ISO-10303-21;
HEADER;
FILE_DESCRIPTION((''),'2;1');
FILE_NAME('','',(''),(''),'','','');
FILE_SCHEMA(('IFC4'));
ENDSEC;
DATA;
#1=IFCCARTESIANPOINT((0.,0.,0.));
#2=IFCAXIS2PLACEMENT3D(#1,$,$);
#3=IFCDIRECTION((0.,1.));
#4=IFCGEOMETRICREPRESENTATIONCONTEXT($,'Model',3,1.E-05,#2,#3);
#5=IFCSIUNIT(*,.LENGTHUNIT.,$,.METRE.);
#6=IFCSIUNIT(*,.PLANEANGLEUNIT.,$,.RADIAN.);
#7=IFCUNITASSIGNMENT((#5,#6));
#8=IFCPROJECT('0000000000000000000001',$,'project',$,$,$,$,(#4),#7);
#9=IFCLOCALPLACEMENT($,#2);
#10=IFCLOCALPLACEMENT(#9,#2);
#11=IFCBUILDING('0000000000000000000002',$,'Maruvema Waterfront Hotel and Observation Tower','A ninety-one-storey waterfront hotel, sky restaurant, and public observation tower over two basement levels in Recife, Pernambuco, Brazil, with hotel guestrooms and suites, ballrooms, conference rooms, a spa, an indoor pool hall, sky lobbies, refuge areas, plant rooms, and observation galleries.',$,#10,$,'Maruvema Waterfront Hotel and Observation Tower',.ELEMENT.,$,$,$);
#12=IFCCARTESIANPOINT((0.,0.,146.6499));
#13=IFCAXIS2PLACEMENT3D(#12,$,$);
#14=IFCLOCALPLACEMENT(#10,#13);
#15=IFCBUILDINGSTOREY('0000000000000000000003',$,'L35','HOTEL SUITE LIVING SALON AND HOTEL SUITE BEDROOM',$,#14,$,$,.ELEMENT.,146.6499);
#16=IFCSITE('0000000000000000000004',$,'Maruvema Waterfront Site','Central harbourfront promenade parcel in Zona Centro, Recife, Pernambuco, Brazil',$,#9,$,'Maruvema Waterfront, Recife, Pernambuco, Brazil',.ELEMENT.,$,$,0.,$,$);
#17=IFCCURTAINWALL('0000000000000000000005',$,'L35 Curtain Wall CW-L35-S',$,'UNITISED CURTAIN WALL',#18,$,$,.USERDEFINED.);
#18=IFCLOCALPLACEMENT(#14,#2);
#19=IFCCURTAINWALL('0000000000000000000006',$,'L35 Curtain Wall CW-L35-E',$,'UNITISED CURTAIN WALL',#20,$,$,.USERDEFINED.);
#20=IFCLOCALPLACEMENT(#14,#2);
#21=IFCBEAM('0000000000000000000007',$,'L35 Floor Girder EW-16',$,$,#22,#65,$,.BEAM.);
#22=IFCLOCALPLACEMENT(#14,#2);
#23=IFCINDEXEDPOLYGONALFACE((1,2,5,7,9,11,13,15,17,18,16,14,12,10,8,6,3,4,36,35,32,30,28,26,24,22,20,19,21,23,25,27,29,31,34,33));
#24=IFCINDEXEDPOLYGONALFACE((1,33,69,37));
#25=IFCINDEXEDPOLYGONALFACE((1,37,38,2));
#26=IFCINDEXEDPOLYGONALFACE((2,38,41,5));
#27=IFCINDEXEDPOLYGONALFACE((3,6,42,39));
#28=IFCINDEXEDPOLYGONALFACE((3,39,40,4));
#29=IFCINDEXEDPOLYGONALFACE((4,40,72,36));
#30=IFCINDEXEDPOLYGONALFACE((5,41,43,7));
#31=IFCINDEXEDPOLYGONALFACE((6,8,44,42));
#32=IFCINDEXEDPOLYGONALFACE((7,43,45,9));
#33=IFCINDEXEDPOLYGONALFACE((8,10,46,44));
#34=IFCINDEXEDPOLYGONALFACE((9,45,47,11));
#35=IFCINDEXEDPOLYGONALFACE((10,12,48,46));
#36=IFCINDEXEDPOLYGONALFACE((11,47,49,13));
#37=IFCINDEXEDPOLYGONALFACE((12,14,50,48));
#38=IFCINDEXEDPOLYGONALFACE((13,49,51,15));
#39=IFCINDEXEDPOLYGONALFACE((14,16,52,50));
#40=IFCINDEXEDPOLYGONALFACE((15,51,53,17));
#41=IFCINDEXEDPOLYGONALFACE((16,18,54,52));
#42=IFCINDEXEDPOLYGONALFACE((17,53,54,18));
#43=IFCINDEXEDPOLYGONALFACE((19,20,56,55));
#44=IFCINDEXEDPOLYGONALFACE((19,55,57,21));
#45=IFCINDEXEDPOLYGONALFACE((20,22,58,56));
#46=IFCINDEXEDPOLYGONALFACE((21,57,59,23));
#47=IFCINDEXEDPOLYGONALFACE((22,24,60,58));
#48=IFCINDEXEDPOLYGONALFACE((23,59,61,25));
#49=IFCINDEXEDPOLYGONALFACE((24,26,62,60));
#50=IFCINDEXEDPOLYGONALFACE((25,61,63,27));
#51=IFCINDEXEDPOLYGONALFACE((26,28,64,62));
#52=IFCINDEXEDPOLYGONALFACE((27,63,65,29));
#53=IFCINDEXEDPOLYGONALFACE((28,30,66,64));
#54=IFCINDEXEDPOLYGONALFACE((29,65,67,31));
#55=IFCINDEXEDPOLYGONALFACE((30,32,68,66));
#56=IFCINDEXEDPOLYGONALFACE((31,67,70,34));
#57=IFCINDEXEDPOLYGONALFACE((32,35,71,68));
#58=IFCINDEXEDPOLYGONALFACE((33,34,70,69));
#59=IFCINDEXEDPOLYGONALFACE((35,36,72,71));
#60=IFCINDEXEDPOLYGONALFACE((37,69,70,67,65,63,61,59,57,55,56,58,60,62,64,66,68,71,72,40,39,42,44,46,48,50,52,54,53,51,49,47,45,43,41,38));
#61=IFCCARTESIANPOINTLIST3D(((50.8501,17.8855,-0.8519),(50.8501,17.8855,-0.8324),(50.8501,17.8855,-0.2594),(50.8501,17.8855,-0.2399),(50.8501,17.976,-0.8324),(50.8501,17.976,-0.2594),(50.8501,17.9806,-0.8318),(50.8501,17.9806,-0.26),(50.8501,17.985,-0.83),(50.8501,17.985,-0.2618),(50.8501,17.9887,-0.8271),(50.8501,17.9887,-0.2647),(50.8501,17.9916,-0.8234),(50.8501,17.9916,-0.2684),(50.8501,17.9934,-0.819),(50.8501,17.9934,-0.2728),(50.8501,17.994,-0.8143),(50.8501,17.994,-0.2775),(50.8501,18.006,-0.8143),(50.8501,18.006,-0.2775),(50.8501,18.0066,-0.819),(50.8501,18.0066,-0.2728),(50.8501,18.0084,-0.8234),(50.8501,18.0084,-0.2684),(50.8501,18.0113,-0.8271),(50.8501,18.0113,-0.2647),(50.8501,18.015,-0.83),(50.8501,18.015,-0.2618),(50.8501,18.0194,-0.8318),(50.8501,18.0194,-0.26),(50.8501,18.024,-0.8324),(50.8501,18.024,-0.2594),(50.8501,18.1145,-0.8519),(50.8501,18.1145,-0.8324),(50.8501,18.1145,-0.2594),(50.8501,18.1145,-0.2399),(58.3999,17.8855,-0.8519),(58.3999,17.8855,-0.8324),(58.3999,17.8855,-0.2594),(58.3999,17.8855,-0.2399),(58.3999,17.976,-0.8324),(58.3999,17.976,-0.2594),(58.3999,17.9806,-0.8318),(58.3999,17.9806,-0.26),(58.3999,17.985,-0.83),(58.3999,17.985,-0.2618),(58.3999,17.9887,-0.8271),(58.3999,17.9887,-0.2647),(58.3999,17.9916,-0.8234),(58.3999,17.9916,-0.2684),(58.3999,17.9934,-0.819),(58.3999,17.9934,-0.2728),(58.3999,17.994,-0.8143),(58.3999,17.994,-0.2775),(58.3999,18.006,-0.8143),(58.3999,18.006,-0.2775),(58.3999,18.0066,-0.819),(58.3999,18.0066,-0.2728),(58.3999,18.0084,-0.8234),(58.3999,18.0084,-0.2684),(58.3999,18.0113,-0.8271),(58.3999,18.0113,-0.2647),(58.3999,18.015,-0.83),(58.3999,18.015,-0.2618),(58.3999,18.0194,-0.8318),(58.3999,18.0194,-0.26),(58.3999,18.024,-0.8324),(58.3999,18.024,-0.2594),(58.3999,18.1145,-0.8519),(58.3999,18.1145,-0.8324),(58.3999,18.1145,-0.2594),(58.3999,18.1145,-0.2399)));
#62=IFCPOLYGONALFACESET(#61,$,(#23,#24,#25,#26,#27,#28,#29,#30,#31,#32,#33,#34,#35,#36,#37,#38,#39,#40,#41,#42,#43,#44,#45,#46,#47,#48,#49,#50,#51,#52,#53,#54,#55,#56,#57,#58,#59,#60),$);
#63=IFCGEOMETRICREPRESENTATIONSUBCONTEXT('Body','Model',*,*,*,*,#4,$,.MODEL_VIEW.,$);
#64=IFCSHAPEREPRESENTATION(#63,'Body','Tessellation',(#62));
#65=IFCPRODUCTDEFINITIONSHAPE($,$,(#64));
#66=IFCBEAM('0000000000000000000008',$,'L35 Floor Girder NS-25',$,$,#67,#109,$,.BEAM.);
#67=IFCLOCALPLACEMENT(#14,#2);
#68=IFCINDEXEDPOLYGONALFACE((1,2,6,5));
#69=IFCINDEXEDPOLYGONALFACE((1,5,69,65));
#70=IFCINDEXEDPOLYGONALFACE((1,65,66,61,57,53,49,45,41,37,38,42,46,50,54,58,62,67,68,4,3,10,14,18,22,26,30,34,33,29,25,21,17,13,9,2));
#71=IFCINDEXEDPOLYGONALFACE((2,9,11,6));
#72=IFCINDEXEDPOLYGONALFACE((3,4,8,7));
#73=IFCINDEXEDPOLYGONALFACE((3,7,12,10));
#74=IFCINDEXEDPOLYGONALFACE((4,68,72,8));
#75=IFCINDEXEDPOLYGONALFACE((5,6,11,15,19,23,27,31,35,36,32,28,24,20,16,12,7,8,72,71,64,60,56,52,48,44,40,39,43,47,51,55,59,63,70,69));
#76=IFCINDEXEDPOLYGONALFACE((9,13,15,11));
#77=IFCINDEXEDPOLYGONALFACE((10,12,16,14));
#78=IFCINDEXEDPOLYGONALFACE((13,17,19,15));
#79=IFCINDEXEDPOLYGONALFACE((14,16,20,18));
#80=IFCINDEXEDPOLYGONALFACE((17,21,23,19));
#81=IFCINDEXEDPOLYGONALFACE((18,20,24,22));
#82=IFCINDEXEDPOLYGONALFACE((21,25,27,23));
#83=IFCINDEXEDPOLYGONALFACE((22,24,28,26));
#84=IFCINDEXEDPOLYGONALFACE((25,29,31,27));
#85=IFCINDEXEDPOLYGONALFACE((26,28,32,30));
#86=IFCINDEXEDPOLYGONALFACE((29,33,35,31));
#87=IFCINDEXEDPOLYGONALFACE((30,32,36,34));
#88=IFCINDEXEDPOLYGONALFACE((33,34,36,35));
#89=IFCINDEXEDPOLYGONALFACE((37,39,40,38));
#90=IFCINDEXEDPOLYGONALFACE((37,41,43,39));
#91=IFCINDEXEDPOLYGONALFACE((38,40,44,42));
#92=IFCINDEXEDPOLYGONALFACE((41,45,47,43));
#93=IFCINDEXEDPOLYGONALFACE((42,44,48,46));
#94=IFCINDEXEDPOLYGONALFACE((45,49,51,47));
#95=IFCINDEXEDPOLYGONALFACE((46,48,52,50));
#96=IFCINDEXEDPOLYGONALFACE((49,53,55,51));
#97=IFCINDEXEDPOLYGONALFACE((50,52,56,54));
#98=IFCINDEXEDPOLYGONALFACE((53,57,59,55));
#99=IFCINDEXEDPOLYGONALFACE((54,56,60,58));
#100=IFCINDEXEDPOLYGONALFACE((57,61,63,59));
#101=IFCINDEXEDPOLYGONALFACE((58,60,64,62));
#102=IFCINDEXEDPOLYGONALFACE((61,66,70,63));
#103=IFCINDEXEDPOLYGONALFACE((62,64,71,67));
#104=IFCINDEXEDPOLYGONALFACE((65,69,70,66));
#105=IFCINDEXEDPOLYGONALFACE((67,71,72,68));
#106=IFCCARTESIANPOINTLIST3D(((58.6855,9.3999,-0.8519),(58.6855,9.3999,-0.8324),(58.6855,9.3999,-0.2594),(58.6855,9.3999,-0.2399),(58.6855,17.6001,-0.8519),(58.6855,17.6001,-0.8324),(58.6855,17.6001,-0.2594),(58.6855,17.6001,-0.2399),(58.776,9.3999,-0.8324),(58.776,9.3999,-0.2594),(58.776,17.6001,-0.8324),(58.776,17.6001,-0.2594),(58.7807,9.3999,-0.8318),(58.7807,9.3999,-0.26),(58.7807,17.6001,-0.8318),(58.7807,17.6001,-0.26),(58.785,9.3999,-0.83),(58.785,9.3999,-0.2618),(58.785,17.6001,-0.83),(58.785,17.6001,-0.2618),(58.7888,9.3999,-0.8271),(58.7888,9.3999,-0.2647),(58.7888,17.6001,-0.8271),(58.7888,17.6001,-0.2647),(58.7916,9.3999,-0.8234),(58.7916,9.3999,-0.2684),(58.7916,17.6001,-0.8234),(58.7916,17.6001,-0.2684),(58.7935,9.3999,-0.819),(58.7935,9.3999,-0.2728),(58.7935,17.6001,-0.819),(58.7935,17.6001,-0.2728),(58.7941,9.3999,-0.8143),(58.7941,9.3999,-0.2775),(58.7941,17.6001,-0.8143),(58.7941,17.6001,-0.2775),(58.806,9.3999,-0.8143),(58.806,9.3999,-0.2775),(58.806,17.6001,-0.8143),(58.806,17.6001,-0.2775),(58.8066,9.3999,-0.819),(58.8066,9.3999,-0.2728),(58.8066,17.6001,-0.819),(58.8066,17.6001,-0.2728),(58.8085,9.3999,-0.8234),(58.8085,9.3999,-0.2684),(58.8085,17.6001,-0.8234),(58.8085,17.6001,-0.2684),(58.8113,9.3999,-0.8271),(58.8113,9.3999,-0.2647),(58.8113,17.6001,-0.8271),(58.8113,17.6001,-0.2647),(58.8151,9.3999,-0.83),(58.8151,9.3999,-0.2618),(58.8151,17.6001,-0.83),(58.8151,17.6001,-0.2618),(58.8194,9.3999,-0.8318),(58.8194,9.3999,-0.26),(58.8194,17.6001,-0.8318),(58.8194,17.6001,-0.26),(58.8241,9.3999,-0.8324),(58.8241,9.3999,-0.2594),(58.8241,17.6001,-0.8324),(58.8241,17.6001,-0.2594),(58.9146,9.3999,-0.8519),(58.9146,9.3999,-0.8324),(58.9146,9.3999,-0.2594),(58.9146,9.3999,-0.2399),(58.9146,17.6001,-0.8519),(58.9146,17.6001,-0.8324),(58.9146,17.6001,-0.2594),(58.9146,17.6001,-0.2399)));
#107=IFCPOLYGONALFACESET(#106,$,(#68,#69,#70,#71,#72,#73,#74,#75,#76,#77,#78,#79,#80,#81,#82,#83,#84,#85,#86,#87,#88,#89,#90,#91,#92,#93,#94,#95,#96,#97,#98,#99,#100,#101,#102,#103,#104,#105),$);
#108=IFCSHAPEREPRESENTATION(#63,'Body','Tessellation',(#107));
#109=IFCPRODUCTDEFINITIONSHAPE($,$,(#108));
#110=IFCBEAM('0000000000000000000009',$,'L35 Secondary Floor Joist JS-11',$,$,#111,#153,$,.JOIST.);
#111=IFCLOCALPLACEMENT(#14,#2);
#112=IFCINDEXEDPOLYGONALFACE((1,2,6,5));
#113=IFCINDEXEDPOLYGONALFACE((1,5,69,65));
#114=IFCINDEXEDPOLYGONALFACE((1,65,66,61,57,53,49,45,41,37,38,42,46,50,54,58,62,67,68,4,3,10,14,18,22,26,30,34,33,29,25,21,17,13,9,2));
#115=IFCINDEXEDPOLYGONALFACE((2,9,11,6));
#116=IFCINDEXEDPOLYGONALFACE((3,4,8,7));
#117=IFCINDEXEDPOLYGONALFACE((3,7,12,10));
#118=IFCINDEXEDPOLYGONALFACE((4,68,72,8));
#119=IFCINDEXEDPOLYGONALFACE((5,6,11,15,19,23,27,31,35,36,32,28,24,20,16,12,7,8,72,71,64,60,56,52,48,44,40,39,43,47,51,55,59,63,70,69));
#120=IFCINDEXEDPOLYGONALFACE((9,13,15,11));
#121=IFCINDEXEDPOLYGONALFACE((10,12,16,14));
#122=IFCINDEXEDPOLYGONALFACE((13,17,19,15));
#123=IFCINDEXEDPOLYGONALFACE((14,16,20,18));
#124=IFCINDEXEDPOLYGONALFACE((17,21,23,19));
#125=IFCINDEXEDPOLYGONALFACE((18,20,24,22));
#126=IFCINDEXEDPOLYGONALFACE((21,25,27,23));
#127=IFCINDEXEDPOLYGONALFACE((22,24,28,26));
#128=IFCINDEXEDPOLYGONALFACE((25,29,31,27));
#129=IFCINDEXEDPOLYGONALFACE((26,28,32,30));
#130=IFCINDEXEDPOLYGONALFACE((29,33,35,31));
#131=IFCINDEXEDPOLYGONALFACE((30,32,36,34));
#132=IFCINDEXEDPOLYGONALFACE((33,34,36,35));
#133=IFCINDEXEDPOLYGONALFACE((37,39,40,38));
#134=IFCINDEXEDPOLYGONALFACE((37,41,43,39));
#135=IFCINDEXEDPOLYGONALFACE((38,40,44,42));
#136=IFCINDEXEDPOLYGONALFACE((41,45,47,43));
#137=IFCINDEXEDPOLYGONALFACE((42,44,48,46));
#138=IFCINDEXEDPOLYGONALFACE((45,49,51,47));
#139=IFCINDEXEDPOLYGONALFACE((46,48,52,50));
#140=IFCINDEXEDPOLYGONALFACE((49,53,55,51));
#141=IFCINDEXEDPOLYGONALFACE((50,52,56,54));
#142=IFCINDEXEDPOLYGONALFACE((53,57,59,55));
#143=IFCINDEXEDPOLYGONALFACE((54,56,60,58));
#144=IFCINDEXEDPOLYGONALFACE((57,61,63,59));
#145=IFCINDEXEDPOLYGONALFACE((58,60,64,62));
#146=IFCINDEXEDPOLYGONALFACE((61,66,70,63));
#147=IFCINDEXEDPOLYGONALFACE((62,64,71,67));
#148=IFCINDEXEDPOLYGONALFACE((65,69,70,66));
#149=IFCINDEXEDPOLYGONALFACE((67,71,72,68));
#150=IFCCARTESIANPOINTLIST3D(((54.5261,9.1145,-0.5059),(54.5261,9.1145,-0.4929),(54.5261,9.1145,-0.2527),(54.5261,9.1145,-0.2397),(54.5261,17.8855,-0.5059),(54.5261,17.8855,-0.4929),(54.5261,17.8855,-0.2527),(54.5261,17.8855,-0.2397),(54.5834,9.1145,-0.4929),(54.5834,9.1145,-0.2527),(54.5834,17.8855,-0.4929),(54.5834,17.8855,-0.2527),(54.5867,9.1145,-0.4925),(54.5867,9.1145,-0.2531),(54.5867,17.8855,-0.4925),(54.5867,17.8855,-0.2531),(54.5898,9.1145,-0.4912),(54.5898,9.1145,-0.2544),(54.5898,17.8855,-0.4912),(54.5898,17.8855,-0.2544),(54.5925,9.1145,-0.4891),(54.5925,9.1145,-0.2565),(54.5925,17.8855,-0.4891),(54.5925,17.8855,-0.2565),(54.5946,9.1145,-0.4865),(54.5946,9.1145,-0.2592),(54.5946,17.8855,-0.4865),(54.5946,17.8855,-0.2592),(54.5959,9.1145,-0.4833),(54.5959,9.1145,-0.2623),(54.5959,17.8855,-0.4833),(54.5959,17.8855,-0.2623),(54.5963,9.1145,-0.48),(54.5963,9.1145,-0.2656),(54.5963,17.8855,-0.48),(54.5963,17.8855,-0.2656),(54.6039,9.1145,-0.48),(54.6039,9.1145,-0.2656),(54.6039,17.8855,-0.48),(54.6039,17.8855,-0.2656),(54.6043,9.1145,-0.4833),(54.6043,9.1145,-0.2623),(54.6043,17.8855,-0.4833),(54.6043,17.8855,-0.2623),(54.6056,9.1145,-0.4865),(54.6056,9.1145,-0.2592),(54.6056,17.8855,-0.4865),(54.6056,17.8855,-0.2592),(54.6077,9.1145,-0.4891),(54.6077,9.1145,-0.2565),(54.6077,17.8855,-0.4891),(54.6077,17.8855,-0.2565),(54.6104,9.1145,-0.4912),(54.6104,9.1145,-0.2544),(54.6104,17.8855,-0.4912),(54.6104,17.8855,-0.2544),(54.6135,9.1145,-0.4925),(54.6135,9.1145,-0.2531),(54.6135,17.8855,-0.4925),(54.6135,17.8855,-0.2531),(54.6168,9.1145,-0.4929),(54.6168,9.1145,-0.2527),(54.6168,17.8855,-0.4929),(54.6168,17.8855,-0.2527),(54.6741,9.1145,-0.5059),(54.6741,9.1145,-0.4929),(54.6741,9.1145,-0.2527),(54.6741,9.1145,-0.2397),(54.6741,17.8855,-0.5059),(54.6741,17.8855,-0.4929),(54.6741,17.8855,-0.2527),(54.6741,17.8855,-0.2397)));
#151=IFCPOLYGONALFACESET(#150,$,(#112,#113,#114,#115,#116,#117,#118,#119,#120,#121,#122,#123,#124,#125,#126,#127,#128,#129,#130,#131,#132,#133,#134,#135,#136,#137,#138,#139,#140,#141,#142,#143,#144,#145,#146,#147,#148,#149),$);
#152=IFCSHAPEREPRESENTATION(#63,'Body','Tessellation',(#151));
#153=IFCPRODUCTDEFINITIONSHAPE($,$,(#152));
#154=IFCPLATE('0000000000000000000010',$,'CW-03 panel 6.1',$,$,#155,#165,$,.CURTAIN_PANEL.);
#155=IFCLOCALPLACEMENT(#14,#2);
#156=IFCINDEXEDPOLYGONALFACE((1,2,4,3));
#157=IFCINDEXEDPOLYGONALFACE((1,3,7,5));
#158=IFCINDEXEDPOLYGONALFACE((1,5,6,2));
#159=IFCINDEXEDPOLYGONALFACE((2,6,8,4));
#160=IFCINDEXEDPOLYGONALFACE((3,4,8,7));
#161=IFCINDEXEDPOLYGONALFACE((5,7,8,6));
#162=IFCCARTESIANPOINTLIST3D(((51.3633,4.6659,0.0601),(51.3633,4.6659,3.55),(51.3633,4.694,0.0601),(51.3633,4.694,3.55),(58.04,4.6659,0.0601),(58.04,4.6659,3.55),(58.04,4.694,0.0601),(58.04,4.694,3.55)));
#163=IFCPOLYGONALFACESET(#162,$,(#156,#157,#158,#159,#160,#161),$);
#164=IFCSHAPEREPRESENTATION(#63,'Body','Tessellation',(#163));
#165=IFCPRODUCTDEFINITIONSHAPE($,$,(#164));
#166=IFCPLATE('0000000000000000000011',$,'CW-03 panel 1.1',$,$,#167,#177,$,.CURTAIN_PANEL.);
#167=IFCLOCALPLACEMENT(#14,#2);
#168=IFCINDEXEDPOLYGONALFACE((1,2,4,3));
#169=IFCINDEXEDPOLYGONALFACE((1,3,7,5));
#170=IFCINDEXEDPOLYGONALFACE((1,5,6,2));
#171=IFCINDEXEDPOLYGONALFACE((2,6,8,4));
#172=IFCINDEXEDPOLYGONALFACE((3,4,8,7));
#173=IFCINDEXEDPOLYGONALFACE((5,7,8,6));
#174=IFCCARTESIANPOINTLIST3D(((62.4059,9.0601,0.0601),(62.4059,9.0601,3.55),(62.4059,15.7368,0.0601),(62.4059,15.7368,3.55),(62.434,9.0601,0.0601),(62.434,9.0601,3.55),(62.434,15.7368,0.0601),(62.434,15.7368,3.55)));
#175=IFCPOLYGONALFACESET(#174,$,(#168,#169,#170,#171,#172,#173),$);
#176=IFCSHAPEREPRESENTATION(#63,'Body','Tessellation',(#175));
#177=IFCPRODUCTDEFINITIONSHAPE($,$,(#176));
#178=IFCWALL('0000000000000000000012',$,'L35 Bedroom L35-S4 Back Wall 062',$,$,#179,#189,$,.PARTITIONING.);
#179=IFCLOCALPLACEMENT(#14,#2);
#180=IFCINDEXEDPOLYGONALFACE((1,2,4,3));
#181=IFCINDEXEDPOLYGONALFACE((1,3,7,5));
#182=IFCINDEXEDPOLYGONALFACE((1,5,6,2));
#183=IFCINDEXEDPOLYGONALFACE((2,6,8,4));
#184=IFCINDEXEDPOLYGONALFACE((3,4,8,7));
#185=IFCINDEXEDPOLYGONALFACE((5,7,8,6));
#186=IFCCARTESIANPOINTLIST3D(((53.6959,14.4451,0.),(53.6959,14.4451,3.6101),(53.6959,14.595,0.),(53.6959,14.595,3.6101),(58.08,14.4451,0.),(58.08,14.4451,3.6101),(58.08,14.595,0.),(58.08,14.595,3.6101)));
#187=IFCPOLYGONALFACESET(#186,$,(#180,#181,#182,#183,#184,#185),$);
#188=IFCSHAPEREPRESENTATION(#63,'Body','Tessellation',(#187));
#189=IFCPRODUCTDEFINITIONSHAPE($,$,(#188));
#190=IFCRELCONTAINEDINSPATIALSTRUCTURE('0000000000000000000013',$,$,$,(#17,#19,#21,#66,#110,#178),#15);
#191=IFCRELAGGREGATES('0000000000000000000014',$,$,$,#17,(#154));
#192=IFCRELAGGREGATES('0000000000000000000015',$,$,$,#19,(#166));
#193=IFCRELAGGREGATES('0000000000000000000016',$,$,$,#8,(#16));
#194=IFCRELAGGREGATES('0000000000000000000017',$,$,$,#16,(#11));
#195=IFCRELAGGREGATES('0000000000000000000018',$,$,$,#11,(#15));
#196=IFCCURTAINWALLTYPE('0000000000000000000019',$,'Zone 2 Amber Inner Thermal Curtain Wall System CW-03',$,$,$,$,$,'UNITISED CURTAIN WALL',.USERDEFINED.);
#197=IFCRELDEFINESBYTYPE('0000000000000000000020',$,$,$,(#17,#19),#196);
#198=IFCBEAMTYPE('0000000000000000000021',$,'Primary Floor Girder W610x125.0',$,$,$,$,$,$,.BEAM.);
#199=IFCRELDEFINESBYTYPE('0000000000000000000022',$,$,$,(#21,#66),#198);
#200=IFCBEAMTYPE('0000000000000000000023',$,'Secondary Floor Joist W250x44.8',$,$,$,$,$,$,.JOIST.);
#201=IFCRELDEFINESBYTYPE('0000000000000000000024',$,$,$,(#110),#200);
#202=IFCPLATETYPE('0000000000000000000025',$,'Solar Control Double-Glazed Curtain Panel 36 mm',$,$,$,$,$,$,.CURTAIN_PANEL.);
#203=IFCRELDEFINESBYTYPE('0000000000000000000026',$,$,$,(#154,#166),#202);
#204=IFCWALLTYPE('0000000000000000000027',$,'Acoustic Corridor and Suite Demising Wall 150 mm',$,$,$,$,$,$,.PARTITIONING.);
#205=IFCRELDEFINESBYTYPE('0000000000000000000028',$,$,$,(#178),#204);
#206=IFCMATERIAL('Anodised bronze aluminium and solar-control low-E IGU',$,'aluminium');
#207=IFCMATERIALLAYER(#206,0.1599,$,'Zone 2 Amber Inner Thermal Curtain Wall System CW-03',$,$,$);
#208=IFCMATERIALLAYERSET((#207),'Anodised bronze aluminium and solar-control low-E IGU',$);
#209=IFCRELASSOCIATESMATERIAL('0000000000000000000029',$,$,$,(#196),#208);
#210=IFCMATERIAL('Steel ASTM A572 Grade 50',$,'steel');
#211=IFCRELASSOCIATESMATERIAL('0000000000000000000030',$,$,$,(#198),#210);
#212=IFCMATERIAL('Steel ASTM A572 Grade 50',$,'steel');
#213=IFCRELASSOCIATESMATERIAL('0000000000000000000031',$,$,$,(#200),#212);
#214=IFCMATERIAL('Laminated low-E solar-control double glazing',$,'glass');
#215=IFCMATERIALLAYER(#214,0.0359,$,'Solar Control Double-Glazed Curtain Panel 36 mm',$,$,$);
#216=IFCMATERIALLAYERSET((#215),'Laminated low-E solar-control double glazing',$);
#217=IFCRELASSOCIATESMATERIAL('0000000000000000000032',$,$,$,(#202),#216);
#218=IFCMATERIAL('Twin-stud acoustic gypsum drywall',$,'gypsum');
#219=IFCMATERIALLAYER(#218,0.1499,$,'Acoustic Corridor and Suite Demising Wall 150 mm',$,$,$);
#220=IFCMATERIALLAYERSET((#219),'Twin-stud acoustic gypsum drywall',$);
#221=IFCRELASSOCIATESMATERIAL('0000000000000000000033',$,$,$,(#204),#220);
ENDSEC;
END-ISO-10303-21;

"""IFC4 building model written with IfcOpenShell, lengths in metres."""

from ifc_helpers import new_model, si_unit, direction, frame, frame_2d, origin, origin_2d, place, context, subcontext, project, spatial, rectangle, i_section, extrude, material, layer, layer_set, material_profile, profile_set, type_object, element, aggregate, save


model = new_model("IFC4")

# Units and contexts
model_context = context("Model", 3, precision=1e-05, world=origin(), true_north=direction((0.0, 1.0)))
body_context = subcontext(model_context, "Body", "Model", "MODEL_VIEW")
ifc_project = project(units=[si_unit("LENGTHUNIT", "METRE"), si_unit("PLANEANGLEUNIT", "RADIAN")], contexts=[model_context])

# Site, building, storey
site_placement = place(None, origin())
site = spatial("IfcSite", under=ifc_project, at=site_placement, Name="Maruvema Waterfront Site", Description="Central harbourfront promenade parcel in Zona Centro, Recife, Pernambuco, Brazil", LongName="Maruvema Waterfront, Recife, Pernambuco, Brazil", CompositionType="ELEMENT", RefElevation=0.0)
building_placement = place(site_placement, origin())
building = spatial("IfcBuilding", under=site, at=building_placement, Name="Maruvema Waterfront Hotel and Observation Tower", Description="A ninety-one-storey waterfront hotel, sky restaurant, and public observation tower over two basement levels in Recife, Pernambuco, Brazil, with hotel guestrooms and suites, ballrooms, conference rooms, a spa, an indoor pool hall, sky lobbies, refuge areas, plant rooms, and observation galleries.", LongName="Maruvema Waterfront Hotel and Observation Tower", CompositionType="ELEMENT")
storey_placement = place(building_placement, frame((0.0, 0.0, 146.6499)))
storey = spatial("IfcBuildingStorey", under=building, at=storey_placement, Name="L35", Description="HOTEL SUITE LIVING SALON AND HOTEL SUITE BEDROOM", CompositionType="ELEMENT", Elevation=146.6499)

# Curtain walls
ifc_material_1 = material(Name="Anodised bronze aluminium and solar-control low-E IGU", Category="aluminium")
ifc_layer_1 = layer(ifc_material_1, 0.1599, Name="Zone 2 Amber Inner Thermal Curtain Wall System CW-03")
ifc_layer_set_1 = layer_set([ifc_layer_1], Name="Anodised bronze aluminium and solar-control low-E IGU")
curtain_wall_type = type_object("IfcCurtainWallType", Name="Zone 2 Amber Inner Thermal Curtain Wall System CW-03", ElementType="UNITISED CURTAIN WALL", PredefinedType="USERDEFINED", material=ifc_layer_set_1)
curtain_wall_1_placement = place(storey_placement, origin())
curtain_wall_1 = element("IfcCurtainWall", 1, at=curtain_wall_1_placement, inside=storey, type_object=curtain_wall_type, Name="L35 Curtain Wall CW-L35-S", ObjectType="UNITISED CURTAIN WALL", PredefinedType="USERDEFINED")
curtain_wall_2_placement = place(storey_placement, origin())
curtain_wall_2 = element("IfcCurtainWall", 2, at=curtain_wall_2_placement, inside=storey, type_object=curtain_wall_type, Name="L35 Curtain Wall CW-L35-E", ObjectType="UNITISED CURTAIN WALL", PredefinedType="USERDEFINED")

# Beams
ifc_material_2 = material(Name="Steel ASTM A572 Grade 50", Category="steel")
ifc_material_profile_1 = material_profile(ifc_material_2, i_section(OverallWidth=0.229, OverallDepth=0.6121, WebThickness=0.012, FlangeThickness=0.0195, FilletRadius=0.0181, at=origin_2d()), Name="W610x125.0")
ifc_profile_set_1 = profile_set([ifc_material_profile_1], Name="Steel ASTM A572 Grade 50")
beam_type_1 = type_object("IfcBeamType", Name="Primary Floor Girder W610x125.0", PredefinedType="BEAM", material=ifc_profile_set_1)
beam_1_placement = place(storey_placement, frame((50.8501, 18.0, -0.5459), z_axis=(1.0, 0.0, 0.0), x_axis=(0.0, 1.0, 0.0)))
element("IfcBeam", 3, at=beam_1_placement, inside=storey, type_object=beam_type_1, Name="L35 Floor Girder EW-16", PredefinedType="BEAM", context=body_context, shape_type="SweptSolid", body=[
    extrude(i_section(OverallWidth=0.229, OverallDepth=0.6121, WebThickness=0.012, FlangeThickness=0.0195, FilletRadius=0.0181, at=origin_2d()), origin(), (0.0, 0.0, 1.0), 7.5498),
])
beam_2_placement = place(storey_placement, frame((58.8, 9.3999, -0.5459), z_axis=(0.0, 1.0, 0.0), x_axis=(-1.0, 0.0, 0.0)))
element("IfcBeam", 4, at=beam_2_placement, inside=storey, type_object=beam_type_1, Name="L35 Floor Girder NS-25", PredefinedType="BEAM", context=body_context, shape_type="SweptSolid", body=[
    extrude(i_section(OverallWidth=0.229, OverallDepth=0.6121, WebThickness=0.012, FlangeThickness=0.0195, FilletRadius=0.0181, at=origin_2d()), origin(), (0.0, 0.0, 1.0), 8.2002),
])
ifc_material_3 = material(Name="Steel ASTM A572 Grade 50", Category="steel")
ifc_material_profile_2 = material_profile(ifc_material_3, i_section(OverallWidth=0.1479, OverallDepth=0.2661, WebThickness=0.0076, FlangeThickness=0.0129, FilletRadius=0.0129, at=origin_2d()), Name="W250x44.8")
ifc_profile_set_2 = profile_set([ifc_material_profile_2], Name="Steel ASTM A572 Grade 50")
beam_type_2 = type_object("IfcBeamType", Name="Secondary Floor Joist W250x44.8", PredefinedType="JOIST", material=ifc_profile_set_2)
beam_3_placement = place(storey_placement, frame((54.6001, 9.1145, -0.3728), z_axis=(0.0, 1.0, 0.0), x_axis=(-1.0, 0.0, 0.0)))
element("IfcBeam", 5, at=beam_3_placement, inside=storey, type_object=beam_type_2, Name="L35 Secondary Floor Joist JS-11", PredefinedType="JOIST", context=body_context, shape_type="SweptSolid", body=[
    extrude(i_section(OverallWidth=0.1479, OverallDepth=0.2661, WebThickness=0.0076, FlangeThickness=0.0129, FilletRadius=0.0129, at=origin_2d()), origin(), (0.0, 0.0, 1.0), 8.771),
])

# Plates
ifc_material_4 = material(Name="Laminated low-E solar-control double glazing", Category="glass")
ifc_layer_2 = layer(ifc_material_4, 0.0359, Name="Solar Control Double-Glazed Curtain Panel 36 mm")
ifc_layer_set_2 = layer_set([ifc_layer_2], Name="Laminated low-E solar-control double glazing")
plate_type = type_object("IfcPlateType", Name="Solar Control Double-Glazed Curtain Panel 36 mm", PredefinedType="CURTAIN_PANEL", material=ifc_layer_set_2)
plate_1_placement = place(storey_placement, frame((54.7017, 4.6799, 0.0601), z_axis=(0.0, 0.0, 1.0), x_axis=(1.0, 0.0, 0.0)))
plate_1 = element("IfcPlate", 6, at=plate_1_placement, type_object=plate_type, Name="CW-03 panel 6.1", PredefinedType="CURTAIN_PANEL", context=body_context, shape_type="SweptSolid", body=[
    extrude(rectangle(XDim=6.6768, YDim=0.0281, at=origin_2d()), origin(), (0.0, 0.0, 1.0), 3.49),
])
aggregate(curtain_wall_1, [plate_1])
plate_2_placement = place(storey_placement, frame((62.4199, 12.3984, 0.0601), z_axis=(0.0, 0.0, 1.0), x_axis=(0.0, 1.0, 0.0)))
plate_2 = element("IfcPlate", 7, at=plate_2_placement, type_object=plate_type, Name="CW-03 panel 1.1", PredefinedType="CURTAIN_PANEL", context=body_context, shape_type="SweptSolid", body=[
    extrude(rectangle(XDim=6.6768, YDim=0.0281, at=origin_2d()), origin(), (0.0, 0.0, 1.0), 3.49),
])
aggregate(curtain_wall_2, [plate_2])

# Wall
ifc_material_5 = material(Name="Twin-stud acoustic gypsum drywall", Category="gypsum")
ifc_layer_3 = layer(ifc_material_5, 0.1499, Name="Acoustic Corridor and Suite Demising Wall 150 mm")
ifc_layer_set_3 = layer_set([ifc_layer_3], Name="Twin-stud acoustic gypsum drywall")
wall_type_1 = type_object("IfcWallType", Name="Acoustic Corridor and Suite Demising Wall 150 mm", PredefinedType="PARTITIONING", material=ifc_layer_set_3)
wall_1_placement = place(storey_placement, frame((53.696, 14.52, 0.0), z_axis=(0.0, 0.0, 1.0), x_axis=(1.0, 0.0, 0.0)))
element("IfcWall", 8, at=wall_1_placement, inside=storey, type_object=wall_type_1, Name="L35 Bedroom L35-S4 Back Wall 062", PredefinedType="PARTITIONING", context=body_context, shape_type="SweptSolid", body=[
    extrude(rectangle(XDim=4.384, YDim=0.1499, at=frame_2d((2.1919, 0.0))), origin(), (0.0, 0.0, 1.0), 3.6101),
])

save(model, "model.ifc")
